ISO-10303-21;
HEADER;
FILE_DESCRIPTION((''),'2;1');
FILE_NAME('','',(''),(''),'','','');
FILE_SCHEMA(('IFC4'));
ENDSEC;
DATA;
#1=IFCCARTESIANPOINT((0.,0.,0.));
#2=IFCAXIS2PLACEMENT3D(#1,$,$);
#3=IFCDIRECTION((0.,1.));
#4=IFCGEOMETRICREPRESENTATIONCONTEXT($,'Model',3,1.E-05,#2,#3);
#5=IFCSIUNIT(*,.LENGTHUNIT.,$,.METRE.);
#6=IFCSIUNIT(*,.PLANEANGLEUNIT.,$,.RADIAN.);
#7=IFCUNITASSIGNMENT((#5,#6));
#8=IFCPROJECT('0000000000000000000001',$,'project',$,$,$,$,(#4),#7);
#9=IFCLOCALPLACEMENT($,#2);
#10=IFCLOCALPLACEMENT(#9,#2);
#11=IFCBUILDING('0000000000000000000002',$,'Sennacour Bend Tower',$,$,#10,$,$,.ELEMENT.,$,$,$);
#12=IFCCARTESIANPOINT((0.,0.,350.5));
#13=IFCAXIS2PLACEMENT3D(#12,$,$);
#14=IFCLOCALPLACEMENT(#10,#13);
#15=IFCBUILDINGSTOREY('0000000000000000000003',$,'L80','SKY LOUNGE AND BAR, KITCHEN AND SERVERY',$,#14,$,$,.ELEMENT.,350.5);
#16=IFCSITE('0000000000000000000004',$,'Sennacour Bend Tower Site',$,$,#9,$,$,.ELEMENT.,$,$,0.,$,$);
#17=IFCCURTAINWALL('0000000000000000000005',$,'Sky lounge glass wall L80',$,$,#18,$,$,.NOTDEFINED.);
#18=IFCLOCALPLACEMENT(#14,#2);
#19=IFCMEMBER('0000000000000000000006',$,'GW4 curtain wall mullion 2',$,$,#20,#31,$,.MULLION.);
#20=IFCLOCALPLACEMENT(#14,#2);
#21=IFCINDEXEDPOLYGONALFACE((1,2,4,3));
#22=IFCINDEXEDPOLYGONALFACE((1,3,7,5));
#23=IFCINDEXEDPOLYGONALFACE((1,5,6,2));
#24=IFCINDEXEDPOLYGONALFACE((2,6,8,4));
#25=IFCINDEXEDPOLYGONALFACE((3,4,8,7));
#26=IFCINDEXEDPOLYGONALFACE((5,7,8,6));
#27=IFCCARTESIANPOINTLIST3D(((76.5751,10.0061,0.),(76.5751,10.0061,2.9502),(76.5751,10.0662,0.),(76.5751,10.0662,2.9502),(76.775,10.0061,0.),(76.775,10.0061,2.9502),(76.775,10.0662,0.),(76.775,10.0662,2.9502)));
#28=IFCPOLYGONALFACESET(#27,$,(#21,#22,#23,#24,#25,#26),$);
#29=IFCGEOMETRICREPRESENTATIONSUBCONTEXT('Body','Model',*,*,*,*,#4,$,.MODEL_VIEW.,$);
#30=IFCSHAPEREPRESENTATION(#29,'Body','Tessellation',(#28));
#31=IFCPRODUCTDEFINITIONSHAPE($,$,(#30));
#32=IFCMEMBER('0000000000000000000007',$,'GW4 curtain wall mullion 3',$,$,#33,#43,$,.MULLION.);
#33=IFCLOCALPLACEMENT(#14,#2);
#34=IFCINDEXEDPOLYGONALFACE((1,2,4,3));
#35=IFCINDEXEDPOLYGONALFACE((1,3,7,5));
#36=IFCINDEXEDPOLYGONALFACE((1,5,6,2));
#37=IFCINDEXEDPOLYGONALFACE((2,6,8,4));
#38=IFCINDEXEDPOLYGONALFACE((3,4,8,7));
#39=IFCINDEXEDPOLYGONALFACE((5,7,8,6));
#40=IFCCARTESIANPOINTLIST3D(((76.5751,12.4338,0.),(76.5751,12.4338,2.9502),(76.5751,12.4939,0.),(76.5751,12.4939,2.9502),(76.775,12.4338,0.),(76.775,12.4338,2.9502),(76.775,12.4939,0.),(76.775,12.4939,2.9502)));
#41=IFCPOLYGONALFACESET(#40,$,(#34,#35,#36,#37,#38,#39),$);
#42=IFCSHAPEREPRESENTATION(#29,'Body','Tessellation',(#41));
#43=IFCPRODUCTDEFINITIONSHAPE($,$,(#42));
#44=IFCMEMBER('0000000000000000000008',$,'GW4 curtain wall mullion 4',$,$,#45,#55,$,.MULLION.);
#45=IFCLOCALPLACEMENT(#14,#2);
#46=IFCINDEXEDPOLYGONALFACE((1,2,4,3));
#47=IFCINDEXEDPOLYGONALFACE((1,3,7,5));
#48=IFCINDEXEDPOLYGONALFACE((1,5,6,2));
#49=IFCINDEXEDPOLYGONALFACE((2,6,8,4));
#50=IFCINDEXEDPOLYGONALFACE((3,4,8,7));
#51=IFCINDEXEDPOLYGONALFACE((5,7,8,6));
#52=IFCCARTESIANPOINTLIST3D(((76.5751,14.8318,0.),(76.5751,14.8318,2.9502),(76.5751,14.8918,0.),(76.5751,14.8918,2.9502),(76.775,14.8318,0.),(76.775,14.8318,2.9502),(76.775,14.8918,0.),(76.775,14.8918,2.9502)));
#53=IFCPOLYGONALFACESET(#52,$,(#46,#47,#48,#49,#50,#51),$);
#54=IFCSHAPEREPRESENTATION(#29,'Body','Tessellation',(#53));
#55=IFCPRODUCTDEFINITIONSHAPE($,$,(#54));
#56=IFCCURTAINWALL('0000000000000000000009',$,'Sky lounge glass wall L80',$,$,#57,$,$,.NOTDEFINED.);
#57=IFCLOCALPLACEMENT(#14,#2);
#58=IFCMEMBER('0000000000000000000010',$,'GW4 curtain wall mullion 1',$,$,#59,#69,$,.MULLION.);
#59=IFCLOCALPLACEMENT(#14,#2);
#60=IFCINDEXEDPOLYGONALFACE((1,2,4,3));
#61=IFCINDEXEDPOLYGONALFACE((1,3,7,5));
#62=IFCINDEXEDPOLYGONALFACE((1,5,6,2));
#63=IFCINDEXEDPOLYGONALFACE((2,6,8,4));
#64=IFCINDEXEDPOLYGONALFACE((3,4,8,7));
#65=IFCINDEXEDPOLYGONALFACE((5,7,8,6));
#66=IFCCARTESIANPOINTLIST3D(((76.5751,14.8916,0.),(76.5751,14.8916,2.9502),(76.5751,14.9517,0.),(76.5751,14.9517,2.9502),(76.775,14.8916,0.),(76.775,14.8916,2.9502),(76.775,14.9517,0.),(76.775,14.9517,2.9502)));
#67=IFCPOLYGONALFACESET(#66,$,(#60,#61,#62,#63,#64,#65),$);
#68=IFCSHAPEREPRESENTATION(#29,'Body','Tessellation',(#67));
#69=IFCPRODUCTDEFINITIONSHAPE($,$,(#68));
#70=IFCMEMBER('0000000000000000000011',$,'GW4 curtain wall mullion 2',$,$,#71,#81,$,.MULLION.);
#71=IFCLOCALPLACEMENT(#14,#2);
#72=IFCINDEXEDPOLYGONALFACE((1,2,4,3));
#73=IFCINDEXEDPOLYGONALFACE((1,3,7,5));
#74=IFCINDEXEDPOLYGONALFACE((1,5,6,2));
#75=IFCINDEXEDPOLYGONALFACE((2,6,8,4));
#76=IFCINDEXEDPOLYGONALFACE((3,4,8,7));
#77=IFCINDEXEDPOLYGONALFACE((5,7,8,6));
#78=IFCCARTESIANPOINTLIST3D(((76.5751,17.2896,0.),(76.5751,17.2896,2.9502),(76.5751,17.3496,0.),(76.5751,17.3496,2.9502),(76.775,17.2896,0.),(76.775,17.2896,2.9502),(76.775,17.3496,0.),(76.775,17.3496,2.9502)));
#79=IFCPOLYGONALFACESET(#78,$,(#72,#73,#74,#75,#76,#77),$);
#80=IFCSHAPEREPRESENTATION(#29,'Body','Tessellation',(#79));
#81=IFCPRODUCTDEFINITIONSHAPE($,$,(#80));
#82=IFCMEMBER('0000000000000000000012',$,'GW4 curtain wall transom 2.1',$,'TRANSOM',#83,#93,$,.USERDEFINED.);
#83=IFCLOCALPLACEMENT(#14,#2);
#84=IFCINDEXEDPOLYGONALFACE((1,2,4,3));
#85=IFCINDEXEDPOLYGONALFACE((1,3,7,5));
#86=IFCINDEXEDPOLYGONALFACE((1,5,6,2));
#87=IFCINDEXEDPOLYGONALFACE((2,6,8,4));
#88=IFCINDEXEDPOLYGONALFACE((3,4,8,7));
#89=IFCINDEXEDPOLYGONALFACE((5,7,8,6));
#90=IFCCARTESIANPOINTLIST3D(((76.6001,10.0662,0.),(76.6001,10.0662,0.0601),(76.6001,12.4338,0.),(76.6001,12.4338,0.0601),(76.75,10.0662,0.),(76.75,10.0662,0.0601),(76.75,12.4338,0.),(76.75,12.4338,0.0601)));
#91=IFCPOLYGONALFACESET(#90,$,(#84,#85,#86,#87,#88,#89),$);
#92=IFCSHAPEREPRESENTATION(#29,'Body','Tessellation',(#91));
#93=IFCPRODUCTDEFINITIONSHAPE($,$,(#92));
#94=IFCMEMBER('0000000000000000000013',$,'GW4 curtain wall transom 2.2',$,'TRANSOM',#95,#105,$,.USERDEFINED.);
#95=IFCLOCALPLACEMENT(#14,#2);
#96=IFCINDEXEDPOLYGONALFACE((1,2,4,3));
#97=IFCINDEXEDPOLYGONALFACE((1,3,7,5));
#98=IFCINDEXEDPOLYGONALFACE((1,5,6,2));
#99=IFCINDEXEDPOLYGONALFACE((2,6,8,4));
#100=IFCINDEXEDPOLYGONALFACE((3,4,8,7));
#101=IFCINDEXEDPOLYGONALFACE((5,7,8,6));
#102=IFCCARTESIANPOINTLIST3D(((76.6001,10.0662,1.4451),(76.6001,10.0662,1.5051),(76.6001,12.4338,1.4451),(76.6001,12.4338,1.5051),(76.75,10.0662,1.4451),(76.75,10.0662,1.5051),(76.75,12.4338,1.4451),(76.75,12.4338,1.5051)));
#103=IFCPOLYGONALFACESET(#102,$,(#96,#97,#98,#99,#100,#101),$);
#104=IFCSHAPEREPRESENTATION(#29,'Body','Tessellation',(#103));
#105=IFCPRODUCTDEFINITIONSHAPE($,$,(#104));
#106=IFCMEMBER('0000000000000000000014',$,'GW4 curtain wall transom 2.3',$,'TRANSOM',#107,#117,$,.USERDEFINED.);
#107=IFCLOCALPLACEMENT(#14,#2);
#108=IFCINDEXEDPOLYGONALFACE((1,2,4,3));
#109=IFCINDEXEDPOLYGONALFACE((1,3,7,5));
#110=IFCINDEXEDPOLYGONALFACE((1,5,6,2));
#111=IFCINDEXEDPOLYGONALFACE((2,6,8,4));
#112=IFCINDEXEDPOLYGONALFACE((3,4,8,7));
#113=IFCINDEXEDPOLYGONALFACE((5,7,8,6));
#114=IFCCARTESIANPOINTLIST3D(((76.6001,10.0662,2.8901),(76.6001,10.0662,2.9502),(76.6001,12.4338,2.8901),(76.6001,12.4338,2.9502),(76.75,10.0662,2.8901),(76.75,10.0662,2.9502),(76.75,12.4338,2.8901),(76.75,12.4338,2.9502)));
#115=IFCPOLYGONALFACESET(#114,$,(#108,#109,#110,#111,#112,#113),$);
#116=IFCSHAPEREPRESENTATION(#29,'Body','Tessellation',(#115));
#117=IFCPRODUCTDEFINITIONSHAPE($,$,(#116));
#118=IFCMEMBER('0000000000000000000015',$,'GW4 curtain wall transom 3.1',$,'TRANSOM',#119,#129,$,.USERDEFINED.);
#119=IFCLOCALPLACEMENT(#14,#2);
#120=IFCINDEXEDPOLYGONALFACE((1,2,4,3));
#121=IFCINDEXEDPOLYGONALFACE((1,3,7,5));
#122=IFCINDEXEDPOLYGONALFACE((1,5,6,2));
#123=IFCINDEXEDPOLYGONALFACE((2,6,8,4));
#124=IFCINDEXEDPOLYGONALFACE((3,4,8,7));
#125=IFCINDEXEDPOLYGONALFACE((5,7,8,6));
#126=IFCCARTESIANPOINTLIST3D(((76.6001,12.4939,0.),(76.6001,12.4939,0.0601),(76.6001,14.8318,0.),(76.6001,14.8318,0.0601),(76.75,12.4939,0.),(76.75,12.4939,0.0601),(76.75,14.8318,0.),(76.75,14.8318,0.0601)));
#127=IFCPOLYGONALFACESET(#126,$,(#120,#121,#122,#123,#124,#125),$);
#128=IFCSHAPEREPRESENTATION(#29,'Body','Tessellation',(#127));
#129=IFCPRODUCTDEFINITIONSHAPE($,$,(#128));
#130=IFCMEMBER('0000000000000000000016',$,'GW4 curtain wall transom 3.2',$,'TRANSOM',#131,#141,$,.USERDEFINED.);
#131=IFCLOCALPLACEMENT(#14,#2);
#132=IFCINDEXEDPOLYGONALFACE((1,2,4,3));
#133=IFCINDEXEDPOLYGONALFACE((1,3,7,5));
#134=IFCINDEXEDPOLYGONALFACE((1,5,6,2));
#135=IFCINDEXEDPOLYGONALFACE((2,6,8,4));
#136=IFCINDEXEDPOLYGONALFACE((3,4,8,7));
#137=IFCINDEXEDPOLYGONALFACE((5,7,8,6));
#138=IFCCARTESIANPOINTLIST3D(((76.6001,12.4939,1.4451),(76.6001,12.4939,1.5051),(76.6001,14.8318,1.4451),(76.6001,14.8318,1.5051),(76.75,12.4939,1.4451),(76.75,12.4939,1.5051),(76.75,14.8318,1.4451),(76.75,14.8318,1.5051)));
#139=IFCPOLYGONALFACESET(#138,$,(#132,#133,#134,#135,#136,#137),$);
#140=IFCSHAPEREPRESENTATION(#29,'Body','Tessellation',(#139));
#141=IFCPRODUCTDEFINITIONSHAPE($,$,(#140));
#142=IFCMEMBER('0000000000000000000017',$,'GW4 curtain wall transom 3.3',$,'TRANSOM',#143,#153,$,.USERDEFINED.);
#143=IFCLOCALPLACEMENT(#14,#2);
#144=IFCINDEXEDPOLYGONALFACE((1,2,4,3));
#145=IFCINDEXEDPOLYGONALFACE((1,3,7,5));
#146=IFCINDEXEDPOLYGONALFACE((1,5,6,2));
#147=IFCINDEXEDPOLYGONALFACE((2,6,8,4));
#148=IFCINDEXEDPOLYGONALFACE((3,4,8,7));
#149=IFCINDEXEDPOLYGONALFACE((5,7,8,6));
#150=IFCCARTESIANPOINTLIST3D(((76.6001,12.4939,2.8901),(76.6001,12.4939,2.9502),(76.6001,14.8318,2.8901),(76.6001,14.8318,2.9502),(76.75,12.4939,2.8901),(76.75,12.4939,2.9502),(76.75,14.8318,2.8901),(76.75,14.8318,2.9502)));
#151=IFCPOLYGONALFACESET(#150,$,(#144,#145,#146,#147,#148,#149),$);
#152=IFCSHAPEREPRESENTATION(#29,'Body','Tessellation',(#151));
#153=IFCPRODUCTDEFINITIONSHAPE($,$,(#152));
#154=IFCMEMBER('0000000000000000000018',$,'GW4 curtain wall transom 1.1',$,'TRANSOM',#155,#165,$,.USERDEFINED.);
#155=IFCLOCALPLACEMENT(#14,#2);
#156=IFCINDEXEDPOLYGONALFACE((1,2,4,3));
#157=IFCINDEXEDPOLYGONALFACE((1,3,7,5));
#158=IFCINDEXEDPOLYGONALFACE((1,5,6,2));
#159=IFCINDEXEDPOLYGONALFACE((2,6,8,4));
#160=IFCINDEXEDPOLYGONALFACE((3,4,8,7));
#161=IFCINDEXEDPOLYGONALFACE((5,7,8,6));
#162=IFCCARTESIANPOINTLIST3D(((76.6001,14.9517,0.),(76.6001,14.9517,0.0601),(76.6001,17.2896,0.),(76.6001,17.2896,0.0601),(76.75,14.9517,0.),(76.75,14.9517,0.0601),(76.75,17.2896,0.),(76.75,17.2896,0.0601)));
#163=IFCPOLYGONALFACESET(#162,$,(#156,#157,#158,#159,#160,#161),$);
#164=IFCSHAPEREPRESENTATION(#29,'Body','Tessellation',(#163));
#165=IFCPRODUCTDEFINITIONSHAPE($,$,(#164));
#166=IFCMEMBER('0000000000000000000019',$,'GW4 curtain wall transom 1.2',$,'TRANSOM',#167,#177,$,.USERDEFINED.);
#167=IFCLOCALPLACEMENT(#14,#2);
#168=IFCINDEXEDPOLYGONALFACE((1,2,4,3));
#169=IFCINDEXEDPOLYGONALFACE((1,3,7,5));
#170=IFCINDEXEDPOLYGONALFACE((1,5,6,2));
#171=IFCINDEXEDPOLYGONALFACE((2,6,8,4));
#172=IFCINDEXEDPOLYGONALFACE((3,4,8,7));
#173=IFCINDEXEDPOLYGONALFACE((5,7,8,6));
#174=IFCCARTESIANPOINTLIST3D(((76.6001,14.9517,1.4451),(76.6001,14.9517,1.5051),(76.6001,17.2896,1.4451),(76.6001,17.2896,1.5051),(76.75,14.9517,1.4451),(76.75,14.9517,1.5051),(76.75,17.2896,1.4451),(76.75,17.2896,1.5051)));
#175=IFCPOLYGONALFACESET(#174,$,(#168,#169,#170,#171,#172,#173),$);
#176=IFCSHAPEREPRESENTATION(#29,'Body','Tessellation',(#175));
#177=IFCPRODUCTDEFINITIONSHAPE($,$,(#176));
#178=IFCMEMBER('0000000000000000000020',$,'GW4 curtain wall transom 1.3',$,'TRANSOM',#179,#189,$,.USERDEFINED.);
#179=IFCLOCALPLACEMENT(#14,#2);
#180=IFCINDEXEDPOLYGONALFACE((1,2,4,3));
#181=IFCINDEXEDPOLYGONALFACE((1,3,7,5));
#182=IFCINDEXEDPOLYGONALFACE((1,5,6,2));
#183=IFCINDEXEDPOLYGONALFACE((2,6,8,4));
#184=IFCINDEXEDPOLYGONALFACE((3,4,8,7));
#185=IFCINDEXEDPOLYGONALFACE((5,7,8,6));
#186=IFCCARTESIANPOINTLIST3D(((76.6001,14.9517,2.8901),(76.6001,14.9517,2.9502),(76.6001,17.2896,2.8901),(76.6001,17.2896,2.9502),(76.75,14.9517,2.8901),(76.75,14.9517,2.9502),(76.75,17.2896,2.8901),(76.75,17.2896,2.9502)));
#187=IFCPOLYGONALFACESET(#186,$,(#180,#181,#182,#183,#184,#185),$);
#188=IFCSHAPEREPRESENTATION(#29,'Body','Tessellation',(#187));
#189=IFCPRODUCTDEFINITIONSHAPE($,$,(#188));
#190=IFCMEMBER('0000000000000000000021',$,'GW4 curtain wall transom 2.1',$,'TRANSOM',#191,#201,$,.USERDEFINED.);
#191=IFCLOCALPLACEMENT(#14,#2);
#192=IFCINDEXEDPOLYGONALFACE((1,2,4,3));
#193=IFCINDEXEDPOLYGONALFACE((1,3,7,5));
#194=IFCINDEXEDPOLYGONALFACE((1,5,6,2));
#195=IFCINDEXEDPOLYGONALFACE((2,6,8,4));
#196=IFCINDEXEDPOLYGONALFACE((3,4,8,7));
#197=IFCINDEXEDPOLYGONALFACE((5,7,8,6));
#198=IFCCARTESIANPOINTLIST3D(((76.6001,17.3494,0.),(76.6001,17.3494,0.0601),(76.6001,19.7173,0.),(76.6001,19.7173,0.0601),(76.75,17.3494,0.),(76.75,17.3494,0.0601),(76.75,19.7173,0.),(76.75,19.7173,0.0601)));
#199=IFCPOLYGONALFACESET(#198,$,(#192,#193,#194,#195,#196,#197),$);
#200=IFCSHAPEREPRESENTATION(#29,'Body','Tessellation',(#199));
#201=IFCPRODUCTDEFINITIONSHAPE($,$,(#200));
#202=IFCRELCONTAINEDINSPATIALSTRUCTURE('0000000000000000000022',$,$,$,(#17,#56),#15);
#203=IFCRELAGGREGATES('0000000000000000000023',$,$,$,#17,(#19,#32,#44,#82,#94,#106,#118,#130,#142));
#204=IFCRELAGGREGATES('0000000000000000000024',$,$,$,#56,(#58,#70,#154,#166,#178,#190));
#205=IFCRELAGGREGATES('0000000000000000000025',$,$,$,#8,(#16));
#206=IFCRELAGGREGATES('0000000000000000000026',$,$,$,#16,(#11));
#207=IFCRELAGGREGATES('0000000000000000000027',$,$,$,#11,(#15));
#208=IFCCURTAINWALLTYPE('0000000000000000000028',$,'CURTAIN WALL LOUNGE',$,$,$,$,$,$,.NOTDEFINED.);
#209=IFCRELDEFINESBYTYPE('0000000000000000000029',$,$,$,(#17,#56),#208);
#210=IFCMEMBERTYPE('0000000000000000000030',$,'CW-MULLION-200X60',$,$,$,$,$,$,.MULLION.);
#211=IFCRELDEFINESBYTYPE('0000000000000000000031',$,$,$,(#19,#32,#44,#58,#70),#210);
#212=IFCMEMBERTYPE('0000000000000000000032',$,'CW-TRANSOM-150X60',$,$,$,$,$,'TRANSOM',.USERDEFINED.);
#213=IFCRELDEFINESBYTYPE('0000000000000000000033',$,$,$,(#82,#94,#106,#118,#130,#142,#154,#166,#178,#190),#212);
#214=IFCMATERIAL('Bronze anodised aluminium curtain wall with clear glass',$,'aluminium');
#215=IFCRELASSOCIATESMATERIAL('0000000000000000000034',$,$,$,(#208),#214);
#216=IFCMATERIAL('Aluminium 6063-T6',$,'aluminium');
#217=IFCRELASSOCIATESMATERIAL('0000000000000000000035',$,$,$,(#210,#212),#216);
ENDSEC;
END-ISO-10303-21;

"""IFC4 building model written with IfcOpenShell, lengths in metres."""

from ifc_helpers import new_model, si_unit, direction, frame, origin, origin_2d, place, context, subcontext, project, spatial, rectangle, extrude, material, material_profile, profile_set, type_object, element, aggregate, save


model = new_model("IFC4")

# Units and contexts
model_context = context("Model", 3, precision=1e-05, world=origin(), true_north=direction((0.0, 1.0)))
body_context = subcontext(model_context, "Body", "Model", "MODEL_VIEW")
ifc_project = project(units=[si_unit("LENGTHUNIT", "METRE"), si_unit("PLANEANGLEUNIT", "RADIAN")], contexts=[model_context])

# Site, building, storey
site_placement = place(None, origin())
site = spatial("IfcSite", under=ifc_project, at=site_placement, Name="Sennacour Bend Tower Site", CompositionType="ELEMENT", RefElevation=0.0)
building_placement = place(site_placement, origin())
building = spatial("IfcBuilding", under=site, at=building_placement, Name="Sennacour Bend Tower", CompositionType="ELEMENT")
storey_placement = place(building_placement, frame((0.0, 0.0, 350.5)))
storey = spatial("IfcBuildingStorey", under=building, at=storey_placement, Name="L80", Description="SKY LOUNGE AND BAR, KITCHEN AND SERVERY", CompositionType="ELEMENT", Elevation=350.5)

# Curtain walls, members
ifc_material_1 = material(Name="Bronze anodised aluminium curtain wall with clear glass", Category="aluminium")
curtain_wall_type = type_object("IfcCurtainWallType", Name="CURTAIN WALL LOUNGE", PredefinedType="NOTDEFINED", material=ifc_material_1)
curtain_wall_1_placement = place(storey_placement, origin())
curtain_wall_1 = element("IfcCurtainWall", 1, at=curtain_wall_1_placement, inside=storey, type_object=curtain_wall_type, Name="Sky lounge glass wall L80", PredefinedType="NOTDEFINED")
ifc_material_2 = material(Name="Aluminium 6063-T6", Category="aluminium")
ifc_material_profile_1 = material_profile(ifc_material_2, rectangle(XDim=0.2, YDim=0.0601, at=origin_2d()), Name="Aluminium 6063-T6", Category="aluminium")
ifc_profile_set_1 = profile_set([ifc_material_profile_1], Name="Aluminium 6063-T6")
member_type_1 = type_object("IfcMemberType", Name="CW-MULLION-200X60", PredefinedType="MULLION", material=ifc_profile_set_1)
member_1_placement = place(storey_placement, frame((76.675, 10.0361, 0.0), z_axis=(0.0, 0.0, 1.0), x_axis=(-1.0, 0.0, 0.0)))
member_1 = element("IfcMember", 2, at=member_1_placement, type_object=member_type_1, Name="GW4 curtain wall mullion 2", PredefinedType="MULLION", context=body_context, shape_type="SweptSolid", body=[
    extrude(rectangle(XDim=0.2, YDim=0.0601, at=origin_2d()), origin(), (0.0, 0.0, 1.0), 2.9502),
])
member_2_placement = place(storey_placement, frame((76.675, 12.4639, 0.0), z_axis=(0.0, 0.0, 1.0), x_axis=(-1.0, 0.0, 0.0)))
member_2 = element("IfcMember", 3, at=member_2_placement, type_object=member_type_1, Name="GW4 curtain wall mullion 3", PredefinedType="MULLION", context=body_context, shape_type="SweptSolid", body=[
    extrude(rectangle(XDim=0.2, YDim=0.0601, at=origin_2d()), origin(), (0.0, 0.0, 1.0), 2.9502),
])
member_3_placement = place(storey_placement, frame((76.675, 14.8618, 0.0), z_axis=(0.0, 0.0, 1.0), x_axis=(-1.0, 0.0, 0.0)))
member_3 = element("IfcMember", 4, at=member_3_placement, type_object=member_type_1, Name="GW4 curtain wall mullion 4", PredefinedType="MULLION", context=body_context, shape_type="SweptSolid", body=[
    extrude(rectangle(XDim=0.2, YDim=0.0601, at=origin_2d()), origin(), (0.0, 0.0, 1.0), 2.9502),
])
curtain_wall_2_placement = place(storey_placement, origin())
curtain_wall_2 = element("IfcCurtainWall", 5, at=curtain_wall_2_placement, inside=storey, type_object=curtain_wall_type, Name="Sky lounge glass wall L80", PredefinedType="NOTDEFINED")
member_4_placement = place(storey_placement, frame((76.675, 14.9216, 0.0), z_axis=(0.0, 0.0, 1.0), x_axis=(-1.0, 0.0, 0.0)))
member_4 = element("IfcMember", 6, at=member_4_placement, type_object=member_type_1, Name="GW4 curtain wall mullion 1", PredefinedType="MULLION", context=body_context, shape_type="SweptSolid", body=[
    extrude(rectangle(XDim=0.2, YDim=0.0601, at=origin_2d()), origin(), (0.0, 0.0, 1.0), 2.9502),
])
member_5_placement = place(storey_placement, frame((76.675, 17.3196, 0.0), z_axis=(0.0, 0.0, 1.0), x_axis=(-1.0, 0.0, 0.0)))
member_5 = element("IfcMember", 7, at=member_5_placement, type_object=member_type_1, Name="GW4 curtain wall mullion 2", PredefinedType="MULLION", context=body_context, shape_type="SweptSolid", body=[
    extrude(rectangle(XDim=0.2, YDim=0.0601, at=origin_2d()), origin(), (0.0, 0.0, 1.0), 2.9502),
])

# Members
ifc_material_profile_2 = material_profile(ifc_material_2, rectangle(XDim=0.1499, YDim=0.0601, at=origin_2d()), Name="Aluminium 6063-T6", Category="aluminium")
ifc_profile_set_2 = profile_set([ifc_material_profile_2], Name="Aluminium 6063-T6")
member_type_2 = type_object("IfcMemberType", Name="CW-TRANSOM-150X60", ElementType="TRANSOM", PredefinedType="USERDEFINED", material=ifc_profile_set_2)
member_6_placement = place(storey_placement, frame((76.675, 10.0662, 0.03), z_axis=(0.0, 1.0, 0.0), x_axis=(-1.0, 0.0, 0.0)))
member_6 = element("IfcMember", 8, at=member_6_placement, type_object=member_type_2, Name="GW4 curtain wall transom 2.1", ObjectType="TRANSOM", PredefinedType="USERDEFINED", context=body_context, shape_type="SweptSolid", body=[
    extrude(rectangle(XDim=0.1499, YDim=0.0601, at=origin_2d()), origin(), (0.0, 0.0, 1.0), 2.3677),
])
member_7_placement = place(storey_placement, frame((76.675, 10.0662, 1.4751), z_axis=(0.0, 1.0, 0.0), x_axis=(-1.0, 0.0, 0.0)))
member_7 = element("IfcMember", 9, at=member_7_placement, type_object=member_type_2, Name="GW4 curtain wall transom 2.2", ObjectType="TRANSOM", PredefinedType="USERDEFINED", context=body_context, shape_type="SweptSolid", body=[
    extrude(rectangle(XDim=0.1499, YDim=0.0601, at=origin_2d()), origin(), (0.0, 0.0, 1.0), 2.3677),
])
member_8_placement = place(storey_placement, frame((76.675, 10.0662, 2.9202), z_axis=(0.0, 1.0, 0.0), x_axis=(-1.0, 0.0, 0.0)))
member_8 = element("IfcMember", 10, at=member_8_placement, type_object=member_type_2, Name="GW4 curtain wall transom 2.3", ObjectType="TRANSOM", PredefinedType="USERDEFINED", context=body_context, shape_type="SweptSolid", body=[
    extrude(rectangle(XDim=0.1499, YDim=0.0601, at=origin_2d()), origin(), (0.0, 0.0, 1.0), 2.3677),
])
member_9_placement = place(storey_placement, frame((76.675, 12.4939, 0.03), z_axis=(0.0, 1.0, 0.0), x_axis=(-1.0, 0.0, 0.0)))
member_9 = element("IfcMember", 11, at=member_9_placement, type_object=member_type_2, Name="GW4 curtain wall transom 3.1", ObjectType="TRANSOM", PredefinedType="USERDEFINED", context=body_context, shape_type="SweptSolid", body=[
    extrude(rectangle(XDim=0.1499, YDim=0.0601, at=origin_2d()), origin(), (0.0, 0.0, 1.0), 2.3379),
])
member_10_placement = place(storey_placement, frame((76.675, 12.4939, 1.4751), z_axis=(0.0, 1.0, 0.0), x_axis=(-1.0, 0.0, 0.0)))
member_10 = element("IfcMember", 12, at=member_10_placement, type_object=member_type_2, Name="GW4 curtain wall transom 3.2", ObjectType="TRANSOM", PredefinedType="USERDEFINED", context=body_context, shape_type="SweptSolid", body=[
    extrude(rectangle(XDim=0.1499, YDim=0.0601, at=origin_2d()), origin(), (0.0, 0.0, 1.0), 2.3379),
])
member_11_placement = place(storey_placement, frame((76.675, 12.4939, 2.9202), z_axis=(0.0, 1.0, 0.0), x_axis=(-1.0, 0.0, 0.0)))
member_11 = element("IfcMember", 13, at=member_11_placement, type_object=member_type_2, Name="GW4 curtain wall transom 3.3", ObjectType="TRANSOM", PredefinedType="USERDEFINED", context=body_context, shape_type="SweptSolid", body=[
    extrude(rectangle(XDim=0.1499, YDim=0.0601, at=origin_2d()), origin(), (0.0, 0.0, 1.0), 2.3379),
])
member_12_placement = place(storey_placement, frame((76.675, 14.9517, 0.03), z_axis=(0.0, 1.0, 0.0), x_axis=(-1.0, 0.0, 0.0)))
member_12 = element("IfcMember", 14, at=member_12_placement, type_object=member_type_2, Name="GW4 curtain wall transom 1.1", ObjectType="TRANSOM", PredefinedType="USERDEFINED", context=body_context, shape_type="SweptSolid", body=[
    extrude(rectangle(XDim=0.1499, YDim=0.0601, at=origin_2d()), origin(), (0.0, 0.0, 1.0), 2.3379),
])
member_13_placement = place(storey_placement, frame((76.675, 14.9517, 1.4751), z_axis=(0.0, 1.0, 0.0), x_axis=(-1.0, 0.0, 0.0)))
member_13 = element("IfcMember", 15, at=member_13_placement, type_object=member_type_2, Name="GW4 curtain wall transom 1.2", ObjectType="TRANSOM", PredefinedType="USERDEFINED", context=body_context, shape_type="SweptSolid", body=[
    extrude(rectangle(XDim=0.1499, YDim=0.0601, at=origin_2d()), origin(), (0.0, 0.0, 1.0), 2.3379),
])
member_14_placement = place(storey_placement, frame((76.675, 14.9517, 2.9202), z_axis=(0.0, 1.0, 0.0), x_axis=(-1.0, 0.0, 0.0)))
member_14 = element("IfcMember", 16, at=member_14_placement, type_object=member_type_2, Name="GW4 curtain wall transom 1.3", ObjectType="TRANSOM", PredefinedType="USERDEFINED", context=body_context, shape_type="SweptSolid", body=[
    extrude(rectangle(XDim=0.1499, YDim=0.0601, at=origin_2d()), origin(), (0.0, 0.0, 1.0), 2.3379),
])
member_15_placement = place(storey_placement, frame((76.675, 17.3494, 0.03), z_axis=(0.0, 1.0, 0.0), x_axis=(-1.0, 0.0, 0.0)))
member_15 = element("IfcMember", 17, at=member_15_placement, type_object=member_type_2, Name="GW4 curtain wall transom 2.1", ObjectType="TRANSOM", PredefinedType="USERDEFINED", context=body_context, shape_type="SweptSolid", body=[
    extrude(rectangle(XDim=0.1499, YDim=0.0601, at=origin_2d()), origin(), (0.0, 0.0, 1.0), 2.3679),
])

aggregate(curtain_wall_1, [member_1, member_2, member_3, member_6, member_7, member_8, member_9, member_10, member_11])
aggregate(curtain_wall_2, [member_4, member_5, member_12, member_13, member_14, member_15])

save(model, "model.ifc")
